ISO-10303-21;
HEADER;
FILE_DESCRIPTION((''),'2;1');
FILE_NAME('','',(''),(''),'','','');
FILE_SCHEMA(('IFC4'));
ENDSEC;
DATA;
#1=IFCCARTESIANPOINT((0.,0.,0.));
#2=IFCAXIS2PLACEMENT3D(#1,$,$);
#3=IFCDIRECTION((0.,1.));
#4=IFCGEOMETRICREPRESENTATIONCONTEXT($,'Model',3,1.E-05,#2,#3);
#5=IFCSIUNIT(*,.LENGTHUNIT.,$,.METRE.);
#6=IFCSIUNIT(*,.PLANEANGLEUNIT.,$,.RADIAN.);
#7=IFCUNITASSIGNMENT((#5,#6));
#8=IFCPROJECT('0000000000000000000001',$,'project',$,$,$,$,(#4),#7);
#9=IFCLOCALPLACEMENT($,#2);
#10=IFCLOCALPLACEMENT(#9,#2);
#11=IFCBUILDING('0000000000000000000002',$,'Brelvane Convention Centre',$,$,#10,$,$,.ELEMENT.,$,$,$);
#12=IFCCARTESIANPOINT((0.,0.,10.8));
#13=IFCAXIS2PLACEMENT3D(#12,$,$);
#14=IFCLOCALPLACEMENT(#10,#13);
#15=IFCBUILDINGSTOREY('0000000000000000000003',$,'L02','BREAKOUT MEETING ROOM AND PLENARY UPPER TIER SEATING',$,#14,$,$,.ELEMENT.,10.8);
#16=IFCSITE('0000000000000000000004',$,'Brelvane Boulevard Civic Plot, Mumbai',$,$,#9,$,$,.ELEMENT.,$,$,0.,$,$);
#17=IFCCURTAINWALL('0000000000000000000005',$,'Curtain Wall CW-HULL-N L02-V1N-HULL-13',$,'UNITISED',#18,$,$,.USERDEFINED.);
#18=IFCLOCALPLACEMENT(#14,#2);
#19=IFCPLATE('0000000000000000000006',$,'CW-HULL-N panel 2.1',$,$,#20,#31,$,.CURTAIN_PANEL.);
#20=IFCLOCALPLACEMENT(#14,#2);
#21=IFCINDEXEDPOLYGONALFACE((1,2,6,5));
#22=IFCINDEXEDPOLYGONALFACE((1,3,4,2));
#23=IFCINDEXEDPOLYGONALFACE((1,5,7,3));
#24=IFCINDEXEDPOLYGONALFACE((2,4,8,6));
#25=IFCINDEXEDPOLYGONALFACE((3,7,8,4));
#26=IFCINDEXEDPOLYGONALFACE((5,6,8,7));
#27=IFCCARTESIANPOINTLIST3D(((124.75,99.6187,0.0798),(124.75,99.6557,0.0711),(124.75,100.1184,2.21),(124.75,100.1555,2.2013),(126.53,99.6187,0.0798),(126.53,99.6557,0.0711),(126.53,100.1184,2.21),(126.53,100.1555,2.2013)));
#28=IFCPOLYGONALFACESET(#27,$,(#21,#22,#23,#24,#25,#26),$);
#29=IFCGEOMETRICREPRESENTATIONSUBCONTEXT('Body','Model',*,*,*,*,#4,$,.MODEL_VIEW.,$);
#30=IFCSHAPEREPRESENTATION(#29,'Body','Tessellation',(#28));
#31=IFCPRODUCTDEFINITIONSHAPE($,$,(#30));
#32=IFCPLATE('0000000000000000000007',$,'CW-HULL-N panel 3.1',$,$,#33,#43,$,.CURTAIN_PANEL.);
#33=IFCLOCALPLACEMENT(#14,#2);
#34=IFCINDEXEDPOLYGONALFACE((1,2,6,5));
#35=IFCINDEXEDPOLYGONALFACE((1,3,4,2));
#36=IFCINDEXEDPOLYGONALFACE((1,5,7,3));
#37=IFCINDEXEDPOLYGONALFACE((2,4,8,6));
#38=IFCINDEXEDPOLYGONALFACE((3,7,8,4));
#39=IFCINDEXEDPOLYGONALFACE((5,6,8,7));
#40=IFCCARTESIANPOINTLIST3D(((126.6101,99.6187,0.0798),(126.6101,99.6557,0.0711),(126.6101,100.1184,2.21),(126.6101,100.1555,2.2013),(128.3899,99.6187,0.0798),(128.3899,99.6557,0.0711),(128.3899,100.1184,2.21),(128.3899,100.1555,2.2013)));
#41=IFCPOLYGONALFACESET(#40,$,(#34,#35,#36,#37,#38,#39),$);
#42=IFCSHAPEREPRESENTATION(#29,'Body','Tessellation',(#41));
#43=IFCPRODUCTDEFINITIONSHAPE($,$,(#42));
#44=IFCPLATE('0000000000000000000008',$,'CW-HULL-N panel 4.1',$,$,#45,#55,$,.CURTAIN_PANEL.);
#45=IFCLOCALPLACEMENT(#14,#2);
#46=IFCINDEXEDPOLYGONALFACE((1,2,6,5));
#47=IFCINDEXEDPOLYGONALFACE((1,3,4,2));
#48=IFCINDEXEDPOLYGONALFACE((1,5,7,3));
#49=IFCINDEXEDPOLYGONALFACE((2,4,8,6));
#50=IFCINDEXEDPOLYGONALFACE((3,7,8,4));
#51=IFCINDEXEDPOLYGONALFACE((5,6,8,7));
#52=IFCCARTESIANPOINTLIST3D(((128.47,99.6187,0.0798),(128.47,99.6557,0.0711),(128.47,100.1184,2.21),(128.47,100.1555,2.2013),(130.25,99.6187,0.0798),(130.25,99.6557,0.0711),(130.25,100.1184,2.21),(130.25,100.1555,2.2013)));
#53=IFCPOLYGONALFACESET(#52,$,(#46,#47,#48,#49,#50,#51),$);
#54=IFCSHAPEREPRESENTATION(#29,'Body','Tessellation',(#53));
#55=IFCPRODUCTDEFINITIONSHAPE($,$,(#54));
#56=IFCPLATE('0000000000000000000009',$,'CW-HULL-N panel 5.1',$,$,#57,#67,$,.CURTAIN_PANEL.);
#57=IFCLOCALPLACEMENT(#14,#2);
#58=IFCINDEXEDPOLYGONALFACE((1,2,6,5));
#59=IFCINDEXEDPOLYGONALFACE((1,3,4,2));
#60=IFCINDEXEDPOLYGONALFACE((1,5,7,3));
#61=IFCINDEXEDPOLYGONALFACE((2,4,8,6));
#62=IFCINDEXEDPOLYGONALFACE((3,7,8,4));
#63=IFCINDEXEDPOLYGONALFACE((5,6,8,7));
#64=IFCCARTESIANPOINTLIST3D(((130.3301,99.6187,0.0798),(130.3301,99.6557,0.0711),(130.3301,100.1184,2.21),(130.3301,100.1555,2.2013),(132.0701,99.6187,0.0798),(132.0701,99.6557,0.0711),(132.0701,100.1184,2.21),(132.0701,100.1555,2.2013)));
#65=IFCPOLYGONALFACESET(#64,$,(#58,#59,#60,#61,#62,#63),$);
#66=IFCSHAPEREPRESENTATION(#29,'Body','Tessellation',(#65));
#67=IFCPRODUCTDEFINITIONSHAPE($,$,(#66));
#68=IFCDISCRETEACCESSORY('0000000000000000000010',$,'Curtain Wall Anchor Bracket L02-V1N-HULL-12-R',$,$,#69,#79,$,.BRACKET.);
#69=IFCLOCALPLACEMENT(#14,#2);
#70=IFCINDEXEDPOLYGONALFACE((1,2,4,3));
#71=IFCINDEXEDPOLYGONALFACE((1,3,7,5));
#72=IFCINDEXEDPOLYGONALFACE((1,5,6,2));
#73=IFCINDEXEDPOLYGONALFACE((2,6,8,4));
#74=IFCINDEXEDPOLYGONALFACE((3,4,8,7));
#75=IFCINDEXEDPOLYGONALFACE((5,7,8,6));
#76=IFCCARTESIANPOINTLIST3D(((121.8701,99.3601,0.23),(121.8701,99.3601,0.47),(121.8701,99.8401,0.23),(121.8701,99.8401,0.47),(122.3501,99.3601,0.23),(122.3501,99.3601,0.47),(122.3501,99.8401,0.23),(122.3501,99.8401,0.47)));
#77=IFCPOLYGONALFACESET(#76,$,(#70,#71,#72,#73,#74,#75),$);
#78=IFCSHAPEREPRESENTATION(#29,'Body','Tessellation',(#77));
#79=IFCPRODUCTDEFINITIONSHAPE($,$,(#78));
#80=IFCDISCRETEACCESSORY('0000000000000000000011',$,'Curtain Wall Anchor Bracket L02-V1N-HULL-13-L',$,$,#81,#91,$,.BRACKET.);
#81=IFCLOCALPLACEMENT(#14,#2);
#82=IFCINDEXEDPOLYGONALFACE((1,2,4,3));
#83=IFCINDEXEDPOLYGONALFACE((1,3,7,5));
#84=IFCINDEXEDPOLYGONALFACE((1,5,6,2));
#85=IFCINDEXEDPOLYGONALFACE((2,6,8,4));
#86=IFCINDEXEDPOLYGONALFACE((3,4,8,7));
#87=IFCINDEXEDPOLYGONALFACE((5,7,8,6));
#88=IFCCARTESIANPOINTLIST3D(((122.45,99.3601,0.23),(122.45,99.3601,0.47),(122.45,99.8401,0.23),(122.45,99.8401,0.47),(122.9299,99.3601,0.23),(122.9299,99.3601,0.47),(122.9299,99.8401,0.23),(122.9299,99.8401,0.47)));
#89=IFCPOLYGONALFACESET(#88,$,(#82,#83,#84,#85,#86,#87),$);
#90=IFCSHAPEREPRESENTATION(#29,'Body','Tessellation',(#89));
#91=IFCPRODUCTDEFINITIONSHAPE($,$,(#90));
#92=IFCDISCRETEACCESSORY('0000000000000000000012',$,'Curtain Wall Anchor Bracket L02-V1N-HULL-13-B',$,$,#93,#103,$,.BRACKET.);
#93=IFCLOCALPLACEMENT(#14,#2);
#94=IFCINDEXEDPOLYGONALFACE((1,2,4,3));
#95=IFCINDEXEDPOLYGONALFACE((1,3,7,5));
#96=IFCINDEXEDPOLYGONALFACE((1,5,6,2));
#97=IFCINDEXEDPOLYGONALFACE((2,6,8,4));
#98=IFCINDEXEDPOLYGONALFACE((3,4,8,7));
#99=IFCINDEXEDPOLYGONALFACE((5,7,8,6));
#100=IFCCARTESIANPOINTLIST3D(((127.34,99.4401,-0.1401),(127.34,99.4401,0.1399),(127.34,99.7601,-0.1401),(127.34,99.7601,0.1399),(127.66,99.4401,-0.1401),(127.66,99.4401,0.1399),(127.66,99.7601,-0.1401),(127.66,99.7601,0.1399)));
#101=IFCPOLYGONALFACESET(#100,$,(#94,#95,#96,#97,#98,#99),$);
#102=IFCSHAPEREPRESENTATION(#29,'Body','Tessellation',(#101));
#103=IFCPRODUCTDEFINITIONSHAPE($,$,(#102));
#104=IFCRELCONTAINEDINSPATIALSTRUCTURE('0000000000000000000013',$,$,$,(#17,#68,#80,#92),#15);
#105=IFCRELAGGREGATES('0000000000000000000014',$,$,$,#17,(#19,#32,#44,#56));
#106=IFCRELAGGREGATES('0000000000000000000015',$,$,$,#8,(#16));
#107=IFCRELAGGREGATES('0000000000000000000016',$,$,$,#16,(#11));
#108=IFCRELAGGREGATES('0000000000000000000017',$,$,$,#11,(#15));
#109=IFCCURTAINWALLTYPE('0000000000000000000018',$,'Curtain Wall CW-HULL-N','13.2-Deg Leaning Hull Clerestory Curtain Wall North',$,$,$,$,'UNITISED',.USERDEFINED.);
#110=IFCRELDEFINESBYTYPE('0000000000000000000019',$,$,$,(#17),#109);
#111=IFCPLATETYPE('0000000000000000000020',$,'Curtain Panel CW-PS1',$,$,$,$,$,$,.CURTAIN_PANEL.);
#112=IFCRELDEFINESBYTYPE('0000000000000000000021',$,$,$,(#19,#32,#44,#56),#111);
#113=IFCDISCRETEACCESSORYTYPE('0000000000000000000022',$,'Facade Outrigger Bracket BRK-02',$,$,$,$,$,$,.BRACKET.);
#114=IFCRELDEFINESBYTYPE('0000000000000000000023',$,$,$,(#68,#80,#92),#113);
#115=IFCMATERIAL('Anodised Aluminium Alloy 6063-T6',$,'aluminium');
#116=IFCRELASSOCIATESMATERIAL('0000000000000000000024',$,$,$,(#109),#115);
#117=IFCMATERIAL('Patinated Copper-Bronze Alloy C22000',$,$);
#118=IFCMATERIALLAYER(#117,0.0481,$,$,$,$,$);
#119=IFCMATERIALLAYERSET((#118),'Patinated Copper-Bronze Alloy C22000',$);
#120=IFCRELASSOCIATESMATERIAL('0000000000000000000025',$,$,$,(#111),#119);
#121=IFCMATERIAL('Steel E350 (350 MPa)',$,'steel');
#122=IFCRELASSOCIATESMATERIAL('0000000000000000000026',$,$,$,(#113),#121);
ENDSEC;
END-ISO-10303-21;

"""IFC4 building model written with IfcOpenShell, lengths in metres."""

from ifc_helpers import new_model, si_unit, direction, frame, origin, origin_2d, place, context, subcontext, project, spatial, polyline, rectangle, outline, extrude, material, layer, layer_set, type_object, element, aggregate, save


model = new_model("IFC4")

# Units and contexts
model_context = context("Model", 3, precision=1e-05, world=origin(), true_north=direction((0.0, 1.0)))
body_context = subcontext(model_context, "Body", "Model", "MODEL_VIEW")
ifc_project = project(units=[si_unit("LENGTHUNIT", "METRE"), si_unit("PLANEANGLEUNIT", "RADIAN")], contexts=[model_context])

# Site, building, storey
site_placement = place(None, origin())
site = spatial("IfcSite", under=ifc_project, at=site_placement, Name="Brelvane Boulevard Civic Plot, Mumbai", CompositionType="ELEMENT", RefElevation=0.0)
building_placement = place(site_placement, origin())
building = spatial("IfcBuilding", under=site, at=building_placement, Name="Brelvane Convention Centre", CompositionType="ELEMENT")
storey_placement = place(building_placement, frame((0.0, 0.0, 10.8)))
storey = spatial("IfcBuildingStorey", under=building, at=storey_placement, Name="L02", Description="BREAKOUT MEETING ROOM AND PLENARY UPPER TIER SEATING", CompositionType="ELEMENT", Elevation=10.8)

# Curtain wall
ifc_material_1 = material(Name="Anodised Aluminium Alloy 6063-T6", Category="aluminium")
curtain_wall_type = type_object("IfcCurtainWallType", Name="Curtain Wall CW-HULL-N", Description="13.2-Deg Leaning Hull Clerestory Curtain Wall North", ElementType="UNITISED", PredefinedType="USERDEFINED", material=ifc_material_1)
curtain_wall_1_placement = place(storey_placement, origin())
curtain_wall_1 = element("IfcCurtainWall", 1, at=curtain_wall_1_placement, inside=storey, type_object=curtain_wall_type, Name="Curtain Wall CW-HULL-N L02-V1N-HULL-13", ObjectType="UNITISED", PredefinedType="USERDEFINED")

# Plates
ifc_material_2 = material(Name="Patinated Copper-Bronze Alloy C22000")
ifc_layer = layer(ifc_material_2, 0.0481)
ifc_layer_set = layer_set([ifc_layer], Name="Patinated Copper-Bronze Alloy C22000")
plate_type = type_object("IfcPlateType", Name="Curtain Panel CW-PS1", PredefinedType="CURTAIN_PANEL", material=ifc_layer_set)
plate_1_placement = place(storey_placement, frame((124.75, 99.6187, 0.0798), z_axis=(0.0, -0.973565, 0.228411), x_axis=(1.0, 0.0, 0.0)))
plate_1 = element("IfcPlate", 2, at=plate_1_placement, type_object=plate_type, Name="CW-HULL-N panel 2.1", PredefinedType="CURTAIN_PANEL", context=body_context, shape_type="SweptSolid", body=[
    extrude(outline(polyline([(0.0, 0.0), (1.78, 0.0), (1.78, 2.188), (0.0, 2.188), (0.0, 0.0)])), origin(), (0.0, 0.0, -1.0), 0.0381),
])
plate_2_placement = place(storey_placement, frame((126.6101, 99.6187, 0.0798), z_axis=(0.0, -0.973565, 0.228411), x_axis=(1.0, 0.0, 0.0)))
plate_2 = element("IfcPlate", 3, at=plate_2_placement, type_object=plate_type, Name="CW-HULL-N panel 3.1", PredefinedType="CURTAIN_PANEL", context=body_context, shape_type="SweptSolid", body=[
    extrude(outline(polyline([(0.0, 0.0), (1.7798, 0.0), (1.7798, 2.188), (0.0, 2.188), (0.0, 0.0)])), origin(), (0.0, 0.0, -1.0), 0.0381),
])
plate_3_placement = place(storey_placement, frame((128.47, 99.6187, 0.0798), z_axis=(0.0, -0.973565, 0.228411), x_axis=(1.0, 0.0, 0.0)))
plate_3 = element("IfcPlate", 4, at=plate_3_placement, type_object=plate_type, Name="CW-HULL-N panel 4.1", PredefinedType="CURTAIN_PANEL", context=body_context, shape_type="SweptSolid", body=[
    extrude(outline(polyline([(0.0, 0.0), (1.78, 0.0), (1.78, 2.188), (0.0, 2.188), (0.0, 0.0)])), origin(), (0.0, 0.0, -1.0), 0.0381),
])
plate_4_placement = place(storey_placement, frame((130.3301, 99.6187, 0.0798), z_axis=(0.0, -0.973565, 0.228411), x_axis=(1.0, 0.0, 0.0)))
plate_4 = element("IfcPlate", 5, at=plate_4_placement, type_object=plate_type, Name="CW-HULL-N panel 5.1", PredefinedType="CURTAIN_PANEL", context=body_context, shape_type="SweptSolid", body=[
    extrude(outline(polyline([(0.0, 0.0), (1.74, 0.0), (1.74, 2.188), (0.0, 2.188), (0.0, 0.0)])), origin(), (0.0, 0.0, -1.0), 0.0381),
])
aggregate(curtain_wall_1, [plate_1, plate_2, plate_3, plate_4])

# Discrete accessories
ifc_material_3 = material(Name="Steel E350 (350 MPa)", Category="steel")
discrete_accessory_type = type_object("IfcDiscreteAccessoryType", Name="Facade Outrigger Bracket BRK-02", PredefinedType="BRACKET", material=ifc_material_3)
for number, where, z_axis, x_axis, name in (
    (6, (122.1101, 99.6001, 0.23), (0.0, 0.0, 1.0), (1.0, 0.0, 0.0), "Curtain Wall Anchor Bracket L02-V1N-HULL-12-R"),
    (7, (122.6899, 99.6001, 0.23), (0.0, 0.0, 1.0), (1.0, 0.0, 0.0), "Curtain Wall Anchor Bracket L02-V1N-HULL-13-L"),
):
    element("IfcDiscreteAccessory", number, at=place(storey_placement, frame(where, z_axis=z_axis, x_axis=x_axis)), inside=storey, type_object=discrete_accessory_type, Name=name, PredefinedType="BRACKET", context=body_context, shape_type="SweptSolid", body=[
        extrude(rectangle(XDim=0.48, YDim=0.48, at=origin_2d()), origin(), (0.0, 0.0, 1.0), 0.24),
    ])
discrete_accessory_placement = place(storey_placement, frame((127.5, 99.6001, -0.1401), z_axis=(0.0, 0.0, 1.0), x_axis=(1.0, 0.0, 0.0)))
element("IfcDiscreteAccessory", 8, at=discrete_accessory_placement, inside=storey, type_object=discrete_accessory_type, Name="Curtain Wall Anchor Bracket L02-V1N-HULL-13-B", PredefinedType="BRACKET", context=body_context, shape_type="SweptSolid", body=[
    extrude(rectangle(XDim=0.3201, YDim=0.3201, at=origin_2d()), origin(), (0.0, 0.0, 1.0), 0.28),
])

save(model, "model.ifc")
